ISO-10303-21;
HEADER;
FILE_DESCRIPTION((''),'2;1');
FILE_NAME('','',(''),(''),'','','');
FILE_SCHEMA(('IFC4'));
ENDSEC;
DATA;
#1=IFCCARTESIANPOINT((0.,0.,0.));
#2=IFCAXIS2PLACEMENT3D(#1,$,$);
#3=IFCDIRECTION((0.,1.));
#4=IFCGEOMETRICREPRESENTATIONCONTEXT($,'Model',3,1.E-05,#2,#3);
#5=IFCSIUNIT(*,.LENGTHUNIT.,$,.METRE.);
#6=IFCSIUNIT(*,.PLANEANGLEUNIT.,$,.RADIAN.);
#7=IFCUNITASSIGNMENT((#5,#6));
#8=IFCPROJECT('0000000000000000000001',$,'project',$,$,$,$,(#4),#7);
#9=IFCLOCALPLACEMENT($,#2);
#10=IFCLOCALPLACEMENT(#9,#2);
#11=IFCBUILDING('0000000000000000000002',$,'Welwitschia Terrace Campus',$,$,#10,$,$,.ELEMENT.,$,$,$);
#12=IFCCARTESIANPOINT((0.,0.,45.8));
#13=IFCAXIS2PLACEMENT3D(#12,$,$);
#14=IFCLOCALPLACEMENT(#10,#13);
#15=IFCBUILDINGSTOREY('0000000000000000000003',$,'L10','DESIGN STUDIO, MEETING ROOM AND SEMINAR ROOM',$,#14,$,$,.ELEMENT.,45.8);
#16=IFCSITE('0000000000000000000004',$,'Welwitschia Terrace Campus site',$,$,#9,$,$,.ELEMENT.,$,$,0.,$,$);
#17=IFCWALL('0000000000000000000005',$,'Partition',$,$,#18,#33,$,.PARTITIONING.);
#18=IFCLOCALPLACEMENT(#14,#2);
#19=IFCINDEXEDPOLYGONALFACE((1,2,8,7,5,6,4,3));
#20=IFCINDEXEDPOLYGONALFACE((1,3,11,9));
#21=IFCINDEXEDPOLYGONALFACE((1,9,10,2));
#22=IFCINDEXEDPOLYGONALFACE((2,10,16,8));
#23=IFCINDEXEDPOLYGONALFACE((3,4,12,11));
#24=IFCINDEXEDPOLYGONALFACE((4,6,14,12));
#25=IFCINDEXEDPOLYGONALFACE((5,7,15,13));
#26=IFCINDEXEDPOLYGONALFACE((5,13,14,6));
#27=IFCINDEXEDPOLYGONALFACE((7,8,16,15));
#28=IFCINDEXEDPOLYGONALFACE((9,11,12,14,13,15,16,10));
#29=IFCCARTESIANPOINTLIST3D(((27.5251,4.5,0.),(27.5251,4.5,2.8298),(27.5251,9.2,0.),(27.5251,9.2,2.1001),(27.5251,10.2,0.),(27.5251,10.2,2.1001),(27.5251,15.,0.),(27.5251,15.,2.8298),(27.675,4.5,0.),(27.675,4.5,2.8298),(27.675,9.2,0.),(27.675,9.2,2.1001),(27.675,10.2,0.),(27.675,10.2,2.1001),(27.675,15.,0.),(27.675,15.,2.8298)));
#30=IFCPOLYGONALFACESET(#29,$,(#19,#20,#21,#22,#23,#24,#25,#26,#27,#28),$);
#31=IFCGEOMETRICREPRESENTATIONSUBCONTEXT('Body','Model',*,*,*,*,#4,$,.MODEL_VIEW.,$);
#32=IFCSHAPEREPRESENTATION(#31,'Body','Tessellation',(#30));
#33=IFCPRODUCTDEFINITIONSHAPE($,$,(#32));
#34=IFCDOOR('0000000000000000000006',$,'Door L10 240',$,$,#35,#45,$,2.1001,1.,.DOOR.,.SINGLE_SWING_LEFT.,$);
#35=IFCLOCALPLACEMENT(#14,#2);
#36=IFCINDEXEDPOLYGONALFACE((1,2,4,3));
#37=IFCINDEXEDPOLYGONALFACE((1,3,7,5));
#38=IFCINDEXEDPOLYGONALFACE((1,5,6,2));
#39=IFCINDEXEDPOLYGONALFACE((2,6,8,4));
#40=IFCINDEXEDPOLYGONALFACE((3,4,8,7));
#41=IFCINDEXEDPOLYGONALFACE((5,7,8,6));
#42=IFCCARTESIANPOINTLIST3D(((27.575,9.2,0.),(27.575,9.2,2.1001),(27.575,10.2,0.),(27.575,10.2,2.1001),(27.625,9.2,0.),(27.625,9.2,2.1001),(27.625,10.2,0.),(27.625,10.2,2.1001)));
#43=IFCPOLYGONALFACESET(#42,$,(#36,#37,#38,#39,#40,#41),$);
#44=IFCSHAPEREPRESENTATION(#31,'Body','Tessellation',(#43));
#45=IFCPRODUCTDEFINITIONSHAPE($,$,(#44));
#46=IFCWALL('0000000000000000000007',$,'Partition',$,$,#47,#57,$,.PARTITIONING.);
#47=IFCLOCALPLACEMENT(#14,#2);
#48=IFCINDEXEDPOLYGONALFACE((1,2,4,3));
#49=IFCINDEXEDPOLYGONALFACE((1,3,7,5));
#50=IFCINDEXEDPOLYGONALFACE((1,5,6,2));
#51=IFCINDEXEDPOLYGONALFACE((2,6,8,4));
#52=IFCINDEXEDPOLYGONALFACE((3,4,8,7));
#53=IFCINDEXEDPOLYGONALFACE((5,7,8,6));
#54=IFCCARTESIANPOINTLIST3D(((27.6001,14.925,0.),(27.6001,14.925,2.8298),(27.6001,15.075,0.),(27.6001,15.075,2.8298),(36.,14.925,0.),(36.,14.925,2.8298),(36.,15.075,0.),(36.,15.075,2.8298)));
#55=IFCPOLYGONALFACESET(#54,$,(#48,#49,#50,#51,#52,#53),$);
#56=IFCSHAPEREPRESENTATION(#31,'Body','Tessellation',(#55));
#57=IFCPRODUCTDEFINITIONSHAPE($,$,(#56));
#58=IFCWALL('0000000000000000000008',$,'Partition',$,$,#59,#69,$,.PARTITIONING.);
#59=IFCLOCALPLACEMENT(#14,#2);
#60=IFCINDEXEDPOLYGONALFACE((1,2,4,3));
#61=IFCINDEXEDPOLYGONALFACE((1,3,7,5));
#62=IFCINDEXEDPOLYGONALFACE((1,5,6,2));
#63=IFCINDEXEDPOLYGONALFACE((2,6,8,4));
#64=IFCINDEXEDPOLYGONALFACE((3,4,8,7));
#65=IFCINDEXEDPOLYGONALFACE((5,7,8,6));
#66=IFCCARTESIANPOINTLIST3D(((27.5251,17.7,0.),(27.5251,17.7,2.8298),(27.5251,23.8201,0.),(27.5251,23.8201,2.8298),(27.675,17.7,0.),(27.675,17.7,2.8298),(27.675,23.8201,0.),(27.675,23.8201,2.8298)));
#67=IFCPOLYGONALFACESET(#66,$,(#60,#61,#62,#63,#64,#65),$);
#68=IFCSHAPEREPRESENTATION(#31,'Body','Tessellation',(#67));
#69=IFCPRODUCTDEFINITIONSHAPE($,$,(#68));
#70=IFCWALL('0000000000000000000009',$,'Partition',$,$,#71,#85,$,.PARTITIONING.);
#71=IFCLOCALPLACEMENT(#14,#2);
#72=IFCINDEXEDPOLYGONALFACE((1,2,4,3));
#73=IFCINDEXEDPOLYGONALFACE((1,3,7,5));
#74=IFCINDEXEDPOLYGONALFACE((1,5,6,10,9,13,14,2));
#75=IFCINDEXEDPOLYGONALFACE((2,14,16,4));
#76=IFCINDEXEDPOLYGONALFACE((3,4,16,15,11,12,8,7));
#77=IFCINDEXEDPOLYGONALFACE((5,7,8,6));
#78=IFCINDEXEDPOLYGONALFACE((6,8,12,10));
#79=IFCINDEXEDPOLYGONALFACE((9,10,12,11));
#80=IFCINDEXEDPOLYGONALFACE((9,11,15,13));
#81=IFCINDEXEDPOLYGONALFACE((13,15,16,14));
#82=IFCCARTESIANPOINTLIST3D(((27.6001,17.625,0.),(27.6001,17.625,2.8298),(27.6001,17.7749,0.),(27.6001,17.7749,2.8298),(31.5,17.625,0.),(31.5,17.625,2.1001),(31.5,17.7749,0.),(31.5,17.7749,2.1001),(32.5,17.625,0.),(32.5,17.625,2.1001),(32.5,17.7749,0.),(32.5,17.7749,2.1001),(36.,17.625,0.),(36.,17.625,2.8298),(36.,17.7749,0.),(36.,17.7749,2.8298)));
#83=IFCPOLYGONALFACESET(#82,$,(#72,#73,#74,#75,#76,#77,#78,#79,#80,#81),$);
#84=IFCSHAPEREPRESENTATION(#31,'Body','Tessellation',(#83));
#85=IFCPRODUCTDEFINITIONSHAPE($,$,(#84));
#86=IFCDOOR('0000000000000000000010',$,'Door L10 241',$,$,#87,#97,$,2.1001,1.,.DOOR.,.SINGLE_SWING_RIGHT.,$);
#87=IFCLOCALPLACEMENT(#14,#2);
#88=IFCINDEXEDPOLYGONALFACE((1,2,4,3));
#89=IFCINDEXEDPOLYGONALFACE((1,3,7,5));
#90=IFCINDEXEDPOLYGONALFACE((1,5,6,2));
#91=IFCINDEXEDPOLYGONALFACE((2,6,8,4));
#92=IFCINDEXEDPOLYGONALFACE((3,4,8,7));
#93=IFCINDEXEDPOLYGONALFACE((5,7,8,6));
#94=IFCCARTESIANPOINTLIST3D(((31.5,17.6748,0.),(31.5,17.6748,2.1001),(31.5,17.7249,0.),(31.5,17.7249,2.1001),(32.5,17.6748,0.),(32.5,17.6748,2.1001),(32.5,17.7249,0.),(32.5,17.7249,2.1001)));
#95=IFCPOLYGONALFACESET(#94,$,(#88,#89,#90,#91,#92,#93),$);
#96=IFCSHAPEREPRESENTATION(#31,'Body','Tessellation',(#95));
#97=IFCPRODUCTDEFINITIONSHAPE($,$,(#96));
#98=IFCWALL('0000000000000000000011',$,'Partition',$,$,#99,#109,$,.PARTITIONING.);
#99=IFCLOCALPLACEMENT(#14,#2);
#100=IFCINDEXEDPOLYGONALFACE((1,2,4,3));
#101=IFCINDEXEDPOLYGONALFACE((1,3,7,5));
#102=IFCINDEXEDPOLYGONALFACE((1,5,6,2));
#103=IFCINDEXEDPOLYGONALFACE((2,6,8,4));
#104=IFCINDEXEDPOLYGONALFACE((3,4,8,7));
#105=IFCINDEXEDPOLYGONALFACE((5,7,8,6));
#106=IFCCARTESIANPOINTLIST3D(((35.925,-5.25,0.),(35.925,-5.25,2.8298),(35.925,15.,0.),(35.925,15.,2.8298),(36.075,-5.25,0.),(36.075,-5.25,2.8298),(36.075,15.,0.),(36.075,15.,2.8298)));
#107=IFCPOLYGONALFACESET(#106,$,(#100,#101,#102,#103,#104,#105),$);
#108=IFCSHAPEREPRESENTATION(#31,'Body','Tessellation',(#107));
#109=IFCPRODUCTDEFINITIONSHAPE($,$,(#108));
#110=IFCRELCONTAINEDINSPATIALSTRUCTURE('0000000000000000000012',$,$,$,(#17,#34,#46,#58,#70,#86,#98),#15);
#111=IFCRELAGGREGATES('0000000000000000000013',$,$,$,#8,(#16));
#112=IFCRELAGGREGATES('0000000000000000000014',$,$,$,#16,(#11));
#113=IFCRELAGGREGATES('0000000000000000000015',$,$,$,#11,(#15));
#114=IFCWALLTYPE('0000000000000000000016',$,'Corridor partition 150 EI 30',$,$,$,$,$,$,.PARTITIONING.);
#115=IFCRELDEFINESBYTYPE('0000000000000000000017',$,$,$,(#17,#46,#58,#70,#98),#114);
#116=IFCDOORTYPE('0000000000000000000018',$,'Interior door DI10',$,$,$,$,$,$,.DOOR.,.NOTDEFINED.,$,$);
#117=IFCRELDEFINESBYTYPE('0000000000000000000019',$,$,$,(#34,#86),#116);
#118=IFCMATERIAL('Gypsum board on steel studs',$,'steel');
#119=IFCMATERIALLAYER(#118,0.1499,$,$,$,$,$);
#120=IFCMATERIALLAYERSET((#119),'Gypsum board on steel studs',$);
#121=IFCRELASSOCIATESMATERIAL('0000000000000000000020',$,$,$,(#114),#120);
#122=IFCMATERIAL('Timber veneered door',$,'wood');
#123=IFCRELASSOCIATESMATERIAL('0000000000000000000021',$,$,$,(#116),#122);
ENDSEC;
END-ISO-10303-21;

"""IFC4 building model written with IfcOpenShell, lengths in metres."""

from ifc_helpers import new_model, si_unit, direction, frame, frame_2d, origin, place, context, subcontext, project, spatial, rectangle, extrude, material, layer, layer_set, type_object, element, fill, save


model = new_model("IFC4")

# Units and contexts
model_context = context("Model", 3, precision=1e-05, world=origin(), true_north=direction((0.0, 1.0)))
body_context = subcontext(model_context, "Body", "Model", "MODEL_VIEW")
ifc_project = project(units=[si_unit("LENGTHUNIT", "METRE"), si_unit("PLANEANGLEUNIT", "RADIAN")], contexts=[model_context])

# Site, building, storey
site_placement = place(None, origin())
site = spatial("IfcSite", under=ifc_project, at=site_placement, Name="Welwitschia Terrace Campus site", CompositionType="ELEMENT", RefElevation=0.0)
building_placement = place(site_placement, origin())
building = spatial("IfcBuilding", under=site, at=building_placement, Name="Welwitschia Terrace Campus", CompositionType="ELEMENT")
storey_placement = place(building_placement, frame((0.0, 0.0, 45.8)))
storey = spatial("IfcBuildingStorey", under=building, at=storey_placement, Name="L10", Description="DESIGN STUDIO, MEETING ROOM AND SEMINAR ROOM", CompositionType="ELEMENT", Elevation=45.8)

# Shared definitions
ifc_material_1 = material(Name="Gypsum board on steel studs", Category="steel")
ifc_layer_1 = layer(ifc_material_1, 0.1499)
ifc_layer_set_1 = layer_set([ifc_layer_1], Name="Gypsum board on steel studs")
wall_type_1 = type_object("IfcWallType", Name="Corridor partition 150 EI 30", PredefinedType="PARTITIONING", material=ifc_layer_set_1)

# Wall, opening, door
wall_1_placement = place(storey_placement, frame((27.6001, 15.0, 0.0), z_axis=(0.0, 0.0, 1.0), x_axis=(0.0, -1.0, 0.0)))
wall_1 = element("IfcWall", 1, at=wall_1_placement, inside=storey, type_object=wall_type_1, Name="Partition", PredefinedType="PARTITIONING", context=body_context, shape_type="SweptSolid", body=[
    extrude(rectangle(XDim=10.5, YDim=0.1499, at=frame_2d((5.25, 0.0))), origin(), (0.0, 0.0, 1.0), 2.8298),
])
opening_1_placement = place(wall_1_placement, frame((4.8, 0.0, 0.0)))
opening_1 = element("IfcOpeningElement", 2, at=opening_1_placement, cuts=wall_1, PredefinedType="OPENING", context=body_context, shape_type="SweptSolid", body=[
    extrude(rectangle(XDim=1.0, YDim=2.1001, at=frame_2d((0.5, 1.05))), frame((0.0, 0.085, 0.0), z_axis=(0.0, -1.0, 0.0), x_axis=(1.0, 0.0, 0.0)), (0.0, 0.0, 1.0), 0.1699),
])
ifc_material_2 = material(Name="Timber veneered door", Category="wood")
door_type_1 = type_object("IfcDoorType", Name="Interior door DI10", OperationType="NOTDEFINED", PredefinedType="DOOR", material=ifc_material_2)
door_1_placement = place(opening_1_placement, origin())
door_1 = element("IfcDoor", 3, at=door_1_placement, inside=storey, type_object=door_type_1, Name="Door L10 240", OperationType="SINGLE_SWING_LEFT", OverallHeight=2.1001, OverallWidth=1.0, PredefinedType="DOOR", context=body_context, shape_type="SweptSolid", body=[
    extrude(rectangle(XDim=1.0, YDim=2.1001, at=frame_2d((0.5, 1.05))), frame((0.0, 0.0249, 0.0), z_axis=(0.0, -1.0, 0.0), x_axis=(1.0, 0.0, 0.0)), (0.0, 0.0, 1.0), 0.05),
])
fill(opening_1, door_1)

# Walls
wall_2_placement = place(storey_placement, frame((27.6001, 15.0, 0.0), z_axis=(0.0, 0.0, 1.0), x_axis=(1.0, 0.0, 0.0)))
element("IfcWall", 4, at=wall_2_placement, inside=storey, type_object=wall_type_1, Name="Partition", PredefinedType="PARTITIONING", context=body_context, shape_type="SweptSolid", body=[
    extrude(rectangle(XDim=8.3999, YDim=0.1499, at=frame_2d((4.2, 0.0))), origin(), (0.0, 0.0, 1.0), 2.8298),
])
wall_3_placement = place(storey_placement, frame((27.6001, 17.7, 0.0), z_axis=(0.0, 0.0, 1.0), x_axis=(0.0, 1.0, 0.0)))
element("IfcWall", 5, at=wall_3_placement, inside=storey, type_object=wall_type_1, Name="Partition", PredefinedType="PARTITIONING", context=body_context, shape_type="SweptSolid", body=[
    extrude(rectangle(XDim=6.1201, YDim=0.1499, at=frame_2d((3.0601, 0.0))), origin(), (0.0, 0.0, 1.0), 2.8298),
])

# Wall, opening, door
wall_4_placement = place(storey_placement, frame((27.6001, 17.7, 0.0), z_axis=(0.0, 0.0, 1.0), x_axis=(1.0, 0.0, 0.0)))
wall_4 = element("IfcWall", 6, at=wall_4_placement, inside=storey, type_object=wall_type_1, Name="Partition", PredefinedType="PARTITIONING", context=body_context, shape_type="SweptSolid", body=[
    extrude(rectangle(XDim=8.3999, YDim=0.1499, at=frame_2d((4.2, 0.0))), origin(), (0.0, 0.0, 1.0), 2.8298),
])
opening_2_placement = place(wall_4_placement, frame((3.8999, 0.0, 0.0)))
opening_2 = element("IfcOpeningElement", 7, at=opening_2_placement, cuts=wall_4, PredefinedType="OPENING", context=body_context, shape_type="SweptSolid", body=[
    extrude(rectangle(XDim=1.0, YDim=2.1001, at=frame_2d((0.5, 1.05))), frame((0.0, 0.085, 0.0), z_axis=(0.0, -1.0, 0.0), x_axis=(1.0, 0.0, 0.0)), (0.0, 0.0, 1.0), 0.1699),
])
door_2_placement = place(opening_2_placement, origin())
door_2 = element("IfcDoor", 8, at=door_2_placement, inside=storey, type_object=door_type_1, Name="Door L10 241", OperationType="SINGLE_SWING_RIGHT", OverallHeight=2.1001, OverallWidth=1.0, PredefinedType="DOOR", context=body_context, shape_type="SweptSolid", body=[
    extrude(rectangle(XDim=1.0, YDim=2.1001, at=frame_2d((0.5, 1.05))), frame((0.0, 0.0249, 0.0), z_axis=(0.0, -1.0, 0.0), x_axis=(1.0, 0.0, 0.0)), (0.0, 0.0, 1.0), 0.05),
])
fill(opening_2, door_2)

# Wall
wall_5_placement = place(storey_placement, frame((36.0, -5.25, 0.0), z_axis=(0.0, 0.0, 1.0), x_axis=(0.0, 1.0, 0.0)))
element("IfcWall", 9, at=wall_5_placement, inside=storey, type_object=wall_type_1, Name="Partition", PredefinedType="PARTITIONING", context=body_context, shape_type="SweptSolid", body=[
    extrude(rectangle(XDim=20.25, YDim=0.1499, at=frame_2d((10.125, 0.0))), origin(), (0.0, 0.0, 1.0), 2.8298),
])

save(model, "model.ifc")
